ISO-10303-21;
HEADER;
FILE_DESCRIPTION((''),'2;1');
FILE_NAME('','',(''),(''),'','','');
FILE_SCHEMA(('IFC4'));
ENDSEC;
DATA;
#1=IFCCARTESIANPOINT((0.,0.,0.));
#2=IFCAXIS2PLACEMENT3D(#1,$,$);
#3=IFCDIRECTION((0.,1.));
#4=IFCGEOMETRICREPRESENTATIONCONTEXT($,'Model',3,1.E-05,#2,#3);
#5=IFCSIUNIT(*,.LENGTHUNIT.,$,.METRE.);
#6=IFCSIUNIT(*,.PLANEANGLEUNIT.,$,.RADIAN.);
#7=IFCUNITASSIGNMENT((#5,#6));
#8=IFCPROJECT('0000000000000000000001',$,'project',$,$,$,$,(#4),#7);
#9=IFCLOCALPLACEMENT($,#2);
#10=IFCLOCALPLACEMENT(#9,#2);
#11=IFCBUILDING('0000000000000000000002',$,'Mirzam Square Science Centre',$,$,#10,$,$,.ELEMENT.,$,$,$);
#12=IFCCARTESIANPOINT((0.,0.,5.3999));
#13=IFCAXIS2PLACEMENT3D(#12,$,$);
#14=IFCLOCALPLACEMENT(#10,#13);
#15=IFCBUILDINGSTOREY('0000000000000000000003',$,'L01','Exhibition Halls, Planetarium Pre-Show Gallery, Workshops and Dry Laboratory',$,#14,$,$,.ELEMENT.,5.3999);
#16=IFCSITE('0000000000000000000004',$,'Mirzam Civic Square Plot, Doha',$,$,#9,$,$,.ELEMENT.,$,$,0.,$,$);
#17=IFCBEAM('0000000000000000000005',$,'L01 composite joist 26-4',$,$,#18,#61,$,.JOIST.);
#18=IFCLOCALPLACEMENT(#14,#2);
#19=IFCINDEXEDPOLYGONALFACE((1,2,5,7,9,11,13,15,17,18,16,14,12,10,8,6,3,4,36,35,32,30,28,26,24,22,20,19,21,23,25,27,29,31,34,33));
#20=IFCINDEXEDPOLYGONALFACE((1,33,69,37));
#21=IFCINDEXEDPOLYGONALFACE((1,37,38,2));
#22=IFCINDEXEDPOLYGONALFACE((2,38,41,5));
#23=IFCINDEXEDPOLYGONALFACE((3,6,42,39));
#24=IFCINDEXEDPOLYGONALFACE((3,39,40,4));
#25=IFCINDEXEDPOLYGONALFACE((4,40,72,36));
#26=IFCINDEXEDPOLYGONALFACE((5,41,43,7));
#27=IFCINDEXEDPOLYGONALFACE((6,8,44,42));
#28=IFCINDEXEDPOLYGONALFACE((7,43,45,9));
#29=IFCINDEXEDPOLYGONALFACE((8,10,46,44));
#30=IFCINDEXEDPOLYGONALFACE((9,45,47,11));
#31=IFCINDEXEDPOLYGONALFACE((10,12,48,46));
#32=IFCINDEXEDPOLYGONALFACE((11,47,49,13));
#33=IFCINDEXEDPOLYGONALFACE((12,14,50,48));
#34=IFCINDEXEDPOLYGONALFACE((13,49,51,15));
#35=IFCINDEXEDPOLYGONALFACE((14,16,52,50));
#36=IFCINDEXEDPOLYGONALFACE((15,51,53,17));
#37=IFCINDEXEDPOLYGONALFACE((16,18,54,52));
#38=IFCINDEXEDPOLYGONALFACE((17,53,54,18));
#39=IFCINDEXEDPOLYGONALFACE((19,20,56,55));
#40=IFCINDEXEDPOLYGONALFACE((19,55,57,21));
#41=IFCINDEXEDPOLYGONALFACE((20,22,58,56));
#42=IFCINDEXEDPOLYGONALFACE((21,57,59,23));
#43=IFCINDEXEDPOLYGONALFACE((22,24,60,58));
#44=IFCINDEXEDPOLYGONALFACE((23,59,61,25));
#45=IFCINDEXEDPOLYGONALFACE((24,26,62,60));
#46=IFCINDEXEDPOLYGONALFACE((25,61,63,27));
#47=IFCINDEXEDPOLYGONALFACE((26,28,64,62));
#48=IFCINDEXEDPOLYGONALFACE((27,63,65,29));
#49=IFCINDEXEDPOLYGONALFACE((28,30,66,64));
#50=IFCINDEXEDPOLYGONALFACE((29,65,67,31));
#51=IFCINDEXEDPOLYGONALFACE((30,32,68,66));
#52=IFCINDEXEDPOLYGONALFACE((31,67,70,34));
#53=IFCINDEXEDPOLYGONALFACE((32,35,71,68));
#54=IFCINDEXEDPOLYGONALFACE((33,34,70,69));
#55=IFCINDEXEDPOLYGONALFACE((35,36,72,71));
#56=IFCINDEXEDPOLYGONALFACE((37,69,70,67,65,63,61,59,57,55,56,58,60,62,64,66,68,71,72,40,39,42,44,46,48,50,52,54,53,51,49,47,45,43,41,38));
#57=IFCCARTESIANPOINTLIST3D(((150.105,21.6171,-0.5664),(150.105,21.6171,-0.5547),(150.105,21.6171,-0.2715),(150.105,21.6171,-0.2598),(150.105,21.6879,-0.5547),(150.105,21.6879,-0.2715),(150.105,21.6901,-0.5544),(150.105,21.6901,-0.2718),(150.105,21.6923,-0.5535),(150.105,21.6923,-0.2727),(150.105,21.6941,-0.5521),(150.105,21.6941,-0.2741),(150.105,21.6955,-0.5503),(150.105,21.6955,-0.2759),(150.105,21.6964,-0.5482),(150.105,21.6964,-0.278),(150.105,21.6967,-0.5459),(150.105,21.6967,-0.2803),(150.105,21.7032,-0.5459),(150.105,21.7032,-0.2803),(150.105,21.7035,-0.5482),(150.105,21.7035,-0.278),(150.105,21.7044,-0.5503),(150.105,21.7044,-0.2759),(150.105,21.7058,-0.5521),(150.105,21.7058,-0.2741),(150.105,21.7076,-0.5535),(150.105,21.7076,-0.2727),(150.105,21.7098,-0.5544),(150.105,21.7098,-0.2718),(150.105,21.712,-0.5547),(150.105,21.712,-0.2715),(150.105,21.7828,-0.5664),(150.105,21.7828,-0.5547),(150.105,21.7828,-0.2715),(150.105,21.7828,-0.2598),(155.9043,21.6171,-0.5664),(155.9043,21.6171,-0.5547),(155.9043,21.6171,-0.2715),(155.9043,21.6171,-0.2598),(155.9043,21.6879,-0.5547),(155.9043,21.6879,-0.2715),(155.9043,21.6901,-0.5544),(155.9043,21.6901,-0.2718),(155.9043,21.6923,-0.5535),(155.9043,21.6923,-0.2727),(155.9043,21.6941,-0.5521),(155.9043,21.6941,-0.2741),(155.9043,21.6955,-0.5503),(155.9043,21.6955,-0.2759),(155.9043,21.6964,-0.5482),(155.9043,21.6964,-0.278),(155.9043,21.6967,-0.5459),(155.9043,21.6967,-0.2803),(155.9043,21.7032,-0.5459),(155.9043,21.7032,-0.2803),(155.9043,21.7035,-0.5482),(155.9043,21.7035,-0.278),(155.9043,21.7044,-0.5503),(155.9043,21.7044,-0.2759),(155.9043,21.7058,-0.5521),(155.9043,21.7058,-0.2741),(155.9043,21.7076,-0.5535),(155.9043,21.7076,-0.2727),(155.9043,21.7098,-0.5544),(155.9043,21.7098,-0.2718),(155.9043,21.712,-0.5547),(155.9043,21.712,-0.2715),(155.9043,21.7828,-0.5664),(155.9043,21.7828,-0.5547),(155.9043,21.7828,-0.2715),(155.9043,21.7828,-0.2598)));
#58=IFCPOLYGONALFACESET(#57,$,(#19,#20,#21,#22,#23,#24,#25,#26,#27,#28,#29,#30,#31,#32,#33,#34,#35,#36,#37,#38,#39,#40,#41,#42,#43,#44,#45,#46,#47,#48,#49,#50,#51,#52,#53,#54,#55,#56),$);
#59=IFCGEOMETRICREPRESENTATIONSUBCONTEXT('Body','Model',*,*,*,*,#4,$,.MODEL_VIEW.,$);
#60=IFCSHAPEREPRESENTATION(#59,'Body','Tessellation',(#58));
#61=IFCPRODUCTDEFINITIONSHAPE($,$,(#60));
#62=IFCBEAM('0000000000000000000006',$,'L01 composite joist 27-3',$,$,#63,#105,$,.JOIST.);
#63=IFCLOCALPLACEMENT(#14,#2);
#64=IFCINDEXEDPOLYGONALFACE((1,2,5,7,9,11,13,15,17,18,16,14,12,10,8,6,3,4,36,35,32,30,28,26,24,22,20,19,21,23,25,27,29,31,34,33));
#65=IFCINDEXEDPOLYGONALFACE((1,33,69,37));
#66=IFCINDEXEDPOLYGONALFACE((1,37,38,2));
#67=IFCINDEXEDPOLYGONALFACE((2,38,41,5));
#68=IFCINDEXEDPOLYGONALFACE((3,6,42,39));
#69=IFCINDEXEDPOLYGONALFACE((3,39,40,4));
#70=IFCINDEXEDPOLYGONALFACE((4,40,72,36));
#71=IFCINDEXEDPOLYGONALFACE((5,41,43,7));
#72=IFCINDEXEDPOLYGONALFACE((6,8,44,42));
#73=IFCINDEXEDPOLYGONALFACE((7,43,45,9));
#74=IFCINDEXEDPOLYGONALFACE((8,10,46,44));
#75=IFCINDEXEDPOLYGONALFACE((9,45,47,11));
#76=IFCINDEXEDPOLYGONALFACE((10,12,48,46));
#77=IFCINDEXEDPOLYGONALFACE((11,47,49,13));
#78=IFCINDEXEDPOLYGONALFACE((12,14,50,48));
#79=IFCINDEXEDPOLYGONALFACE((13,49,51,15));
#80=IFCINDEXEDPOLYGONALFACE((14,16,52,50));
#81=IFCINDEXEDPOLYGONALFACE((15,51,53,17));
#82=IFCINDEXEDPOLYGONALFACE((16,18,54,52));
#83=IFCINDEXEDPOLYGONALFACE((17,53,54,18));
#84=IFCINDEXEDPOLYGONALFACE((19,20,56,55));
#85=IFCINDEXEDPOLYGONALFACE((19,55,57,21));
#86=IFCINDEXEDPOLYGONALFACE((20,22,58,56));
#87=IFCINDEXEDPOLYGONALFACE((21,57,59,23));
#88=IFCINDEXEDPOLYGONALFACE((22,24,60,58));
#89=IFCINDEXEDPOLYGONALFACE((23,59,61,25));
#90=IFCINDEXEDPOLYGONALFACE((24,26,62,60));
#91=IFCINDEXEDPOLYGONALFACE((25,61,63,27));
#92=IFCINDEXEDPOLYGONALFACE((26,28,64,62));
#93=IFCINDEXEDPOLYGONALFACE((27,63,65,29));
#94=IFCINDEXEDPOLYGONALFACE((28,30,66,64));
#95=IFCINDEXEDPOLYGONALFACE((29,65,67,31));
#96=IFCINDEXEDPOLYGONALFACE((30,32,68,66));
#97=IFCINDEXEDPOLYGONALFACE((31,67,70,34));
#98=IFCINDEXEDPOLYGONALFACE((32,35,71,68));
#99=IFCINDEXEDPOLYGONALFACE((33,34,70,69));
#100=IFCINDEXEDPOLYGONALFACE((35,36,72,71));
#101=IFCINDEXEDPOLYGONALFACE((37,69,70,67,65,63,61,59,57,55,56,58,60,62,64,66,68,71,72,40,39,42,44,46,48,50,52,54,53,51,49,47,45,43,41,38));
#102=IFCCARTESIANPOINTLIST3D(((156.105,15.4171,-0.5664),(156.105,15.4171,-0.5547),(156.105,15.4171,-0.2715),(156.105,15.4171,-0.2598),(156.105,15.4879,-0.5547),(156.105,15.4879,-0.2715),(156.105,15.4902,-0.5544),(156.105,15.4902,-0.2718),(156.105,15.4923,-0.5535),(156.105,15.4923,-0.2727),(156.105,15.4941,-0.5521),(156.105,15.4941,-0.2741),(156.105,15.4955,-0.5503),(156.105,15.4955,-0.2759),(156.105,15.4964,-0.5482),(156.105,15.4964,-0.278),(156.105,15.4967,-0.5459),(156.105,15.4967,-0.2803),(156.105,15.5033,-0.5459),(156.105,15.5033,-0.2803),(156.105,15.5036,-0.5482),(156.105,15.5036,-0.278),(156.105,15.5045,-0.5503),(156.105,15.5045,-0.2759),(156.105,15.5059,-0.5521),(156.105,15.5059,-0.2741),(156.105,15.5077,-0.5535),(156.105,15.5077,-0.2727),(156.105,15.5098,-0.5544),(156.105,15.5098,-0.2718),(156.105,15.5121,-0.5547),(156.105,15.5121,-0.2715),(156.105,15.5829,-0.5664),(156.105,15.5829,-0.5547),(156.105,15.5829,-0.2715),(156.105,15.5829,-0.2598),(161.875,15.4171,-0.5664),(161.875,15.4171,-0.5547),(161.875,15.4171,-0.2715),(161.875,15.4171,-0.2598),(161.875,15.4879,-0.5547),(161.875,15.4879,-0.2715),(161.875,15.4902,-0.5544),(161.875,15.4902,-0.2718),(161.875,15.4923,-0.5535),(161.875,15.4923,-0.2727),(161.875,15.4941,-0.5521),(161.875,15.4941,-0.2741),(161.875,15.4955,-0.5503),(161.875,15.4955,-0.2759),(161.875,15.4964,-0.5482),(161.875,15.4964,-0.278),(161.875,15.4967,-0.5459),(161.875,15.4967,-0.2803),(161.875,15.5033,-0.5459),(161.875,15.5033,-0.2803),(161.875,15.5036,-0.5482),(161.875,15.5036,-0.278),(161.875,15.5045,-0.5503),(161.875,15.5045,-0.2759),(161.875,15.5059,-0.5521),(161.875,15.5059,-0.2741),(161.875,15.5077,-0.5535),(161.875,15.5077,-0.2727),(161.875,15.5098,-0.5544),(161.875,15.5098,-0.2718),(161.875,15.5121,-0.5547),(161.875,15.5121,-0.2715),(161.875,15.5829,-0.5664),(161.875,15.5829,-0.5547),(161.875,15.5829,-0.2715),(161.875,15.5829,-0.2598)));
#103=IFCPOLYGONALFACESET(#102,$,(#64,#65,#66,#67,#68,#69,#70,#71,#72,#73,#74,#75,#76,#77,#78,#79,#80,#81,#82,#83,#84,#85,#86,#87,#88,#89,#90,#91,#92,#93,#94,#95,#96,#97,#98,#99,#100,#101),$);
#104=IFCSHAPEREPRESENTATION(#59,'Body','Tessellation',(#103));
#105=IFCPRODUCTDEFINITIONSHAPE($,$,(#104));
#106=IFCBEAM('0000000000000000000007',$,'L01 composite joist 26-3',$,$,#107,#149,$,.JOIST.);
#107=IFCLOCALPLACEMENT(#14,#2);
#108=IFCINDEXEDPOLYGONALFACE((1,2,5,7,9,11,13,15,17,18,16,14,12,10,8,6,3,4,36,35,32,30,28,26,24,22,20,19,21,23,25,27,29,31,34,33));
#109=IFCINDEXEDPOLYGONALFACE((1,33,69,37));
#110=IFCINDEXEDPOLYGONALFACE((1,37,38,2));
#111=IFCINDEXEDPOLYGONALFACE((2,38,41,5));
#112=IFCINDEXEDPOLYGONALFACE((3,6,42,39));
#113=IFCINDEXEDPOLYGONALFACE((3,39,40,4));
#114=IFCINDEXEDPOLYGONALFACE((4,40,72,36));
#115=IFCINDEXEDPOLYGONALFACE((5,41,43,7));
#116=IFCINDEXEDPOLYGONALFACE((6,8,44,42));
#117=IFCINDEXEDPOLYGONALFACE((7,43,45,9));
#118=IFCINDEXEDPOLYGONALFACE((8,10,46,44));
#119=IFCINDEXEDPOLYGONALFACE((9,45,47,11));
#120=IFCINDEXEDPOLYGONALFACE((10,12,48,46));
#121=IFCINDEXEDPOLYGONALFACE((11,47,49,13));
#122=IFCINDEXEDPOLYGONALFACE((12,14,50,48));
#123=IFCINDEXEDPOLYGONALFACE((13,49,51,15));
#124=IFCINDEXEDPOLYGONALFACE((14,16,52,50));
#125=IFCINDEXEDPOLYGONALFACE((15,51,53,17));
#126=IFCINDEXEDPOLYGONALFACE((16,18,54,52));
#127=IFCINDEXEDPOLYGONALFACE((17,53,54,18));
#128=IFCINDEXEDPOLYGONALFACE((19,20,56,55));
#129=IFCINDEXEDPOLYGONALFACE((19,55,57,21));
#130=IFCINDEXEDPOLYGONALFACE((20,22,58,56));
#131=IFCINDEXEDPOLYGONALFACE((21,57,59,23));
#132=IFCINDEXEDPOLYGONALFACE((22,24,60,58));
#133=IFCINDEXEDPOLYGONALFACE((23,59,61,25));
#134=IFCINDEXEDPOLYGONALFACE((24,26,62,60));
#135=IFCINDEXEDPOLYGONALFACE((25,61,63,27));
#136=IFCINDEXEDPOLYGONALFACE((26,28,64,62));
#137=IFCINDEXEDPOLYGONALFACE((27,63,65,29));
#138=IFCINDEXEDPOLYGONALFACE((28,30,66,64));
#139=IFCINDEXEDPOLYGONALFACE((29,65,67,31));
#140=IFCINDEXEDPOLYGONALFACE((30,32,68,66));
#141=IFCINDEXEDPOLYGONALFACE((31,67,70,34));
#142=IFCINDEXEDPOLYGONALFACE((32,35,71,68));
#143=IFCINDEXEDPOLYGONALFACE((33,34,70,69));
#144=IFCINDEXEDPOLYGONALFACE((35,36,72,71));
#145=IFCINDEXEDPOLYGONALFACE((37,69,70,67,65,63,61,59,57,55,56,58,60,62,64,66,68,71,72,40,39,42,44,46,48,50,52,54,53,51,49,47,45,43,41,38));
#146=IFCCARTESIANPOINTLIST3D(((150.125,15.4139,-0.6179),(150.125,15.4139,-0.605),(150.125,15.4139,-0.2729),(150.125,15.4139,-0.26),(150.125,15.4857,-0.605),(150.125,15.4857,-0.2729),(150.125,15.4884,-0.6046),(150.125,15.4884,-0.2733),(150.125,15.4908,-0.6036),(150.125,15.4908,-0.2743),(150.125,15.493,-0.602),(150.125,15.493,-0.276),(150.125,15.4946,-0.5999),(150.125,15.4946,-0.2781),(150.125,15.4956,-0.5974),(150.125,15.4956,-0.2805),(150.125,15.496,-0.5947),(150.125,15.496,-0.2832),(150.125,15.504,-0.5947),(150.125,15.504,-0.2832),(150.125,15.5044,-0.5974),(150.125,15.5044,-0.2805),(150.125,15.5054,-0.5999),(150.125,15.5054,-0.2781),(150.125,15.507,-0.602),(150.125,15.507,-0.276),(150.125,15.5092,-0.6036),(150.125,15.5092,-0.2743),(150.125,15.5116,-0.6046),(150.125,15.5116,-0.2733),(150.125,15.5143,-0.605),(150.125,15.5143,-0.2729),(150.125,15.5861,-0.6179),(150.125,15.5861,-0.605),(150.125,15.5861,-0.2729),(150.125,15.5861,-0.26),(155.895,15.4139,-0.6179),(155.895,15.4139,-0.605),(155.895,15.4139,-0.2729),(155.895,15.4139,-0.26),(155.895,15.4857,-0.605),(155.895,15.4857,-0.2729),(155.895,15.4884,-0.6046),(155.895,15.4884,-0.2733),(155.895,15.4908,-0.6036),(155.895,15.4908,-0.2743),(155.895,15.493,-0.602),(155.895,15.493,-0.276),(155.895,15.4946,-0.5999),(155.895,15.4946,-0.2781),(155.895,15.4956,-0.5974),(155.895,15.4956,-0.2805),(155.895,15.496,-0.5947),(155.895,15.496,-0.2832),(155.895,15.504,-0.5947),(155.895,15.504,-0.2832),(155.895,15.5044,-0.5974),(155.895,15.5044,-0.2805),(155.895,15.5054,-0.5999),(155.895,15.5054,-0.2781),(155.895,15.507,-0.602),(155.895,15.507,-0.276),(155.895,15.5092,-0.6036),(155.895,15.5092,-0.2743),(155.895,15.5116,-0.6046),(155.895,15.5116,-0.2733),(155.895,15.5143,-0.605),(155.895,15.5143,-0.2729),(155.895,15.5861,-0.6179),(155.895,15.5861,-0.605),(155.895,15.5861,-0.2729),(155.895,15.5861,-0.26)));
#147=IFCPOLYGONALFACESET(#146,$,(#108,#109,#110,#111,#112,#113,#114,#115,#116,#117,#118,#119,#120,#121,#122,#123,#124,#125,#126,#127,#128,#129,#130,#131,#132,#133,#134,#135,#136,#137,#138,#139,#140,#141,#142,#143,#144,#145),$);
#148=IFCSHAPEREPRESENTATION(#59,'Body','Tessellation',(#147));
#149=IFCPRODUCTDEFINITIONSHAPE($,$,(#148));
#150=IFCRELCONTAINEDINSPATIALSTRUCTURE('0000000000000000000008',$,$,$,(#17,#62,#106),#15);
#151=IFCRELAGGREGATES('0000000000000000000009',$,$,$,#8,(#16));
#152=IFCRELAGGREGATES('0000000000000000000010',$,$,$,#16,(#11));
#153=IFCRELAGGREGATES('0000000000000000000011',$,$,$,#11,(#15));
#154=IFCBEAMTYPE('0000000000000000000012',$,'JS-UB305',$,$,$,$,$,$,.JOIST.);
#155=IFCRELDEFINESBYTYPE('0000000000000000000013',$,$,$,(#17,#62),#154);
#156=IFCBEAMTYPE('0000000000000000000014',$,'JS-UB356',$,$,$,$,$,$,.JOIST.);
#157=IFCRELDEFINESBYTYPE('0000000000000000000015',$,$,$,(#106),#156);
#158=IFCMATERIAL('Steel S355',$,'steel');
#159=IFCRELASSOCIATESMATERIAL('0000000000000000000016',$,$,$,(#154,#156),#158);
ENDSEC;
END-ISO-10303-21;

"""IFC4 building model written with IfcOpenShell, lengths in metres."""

from ifc_helpers import new_model, si_unit, direction, frame, origin, origin_2d, place, context, subcontext, project, spatial, i_section, extrude, material, material_profile, profile_set, type_object, element, save


model = new_model("IFC4")

# Units and contexts
model_context = context("Model", 3, precision=1e-05, world=origin(), true_north=direction((0.0, 1.0)))
body_context = subcontext(model_context, "Body", "Model", "MODEL_VIEW")
ifc_project = project(units=[si_unit("LENGTHUNIT", "METRE"), si_unit("PLANEANGLEUNIT", "RADIAN")], contexts=[model_context])

# Site, building, storey
site_placement = place(None, origin())
site = spatial("IfcSite", under=ifc_project, at=site_placement, Name="Mirzam Civic Square Plot, Doha", CompositionType="ELEMENT", RefElevation=0.0)
building_placement = place(site_placement, origin())
building = spatial("IfcBuilding", under=site, at=building_placement, Name="Mirzam Square Science Centre", CompositionType="ELEMENT")
storey_placement = place(building_placement, frame((0.0, 0.0, 5.3999)))
storey = spatial("IfcBuildingStorey", under=building, at=storey_placement, Name="L01", Description="Exhibition Halls, Planetarium Pre-Show Gallery, Workshops and Dry Laboratory", CompositionType="ELEMENT", Elevation=5.3999)

# Shared definitions
ifc_material_1 = material(Name="Steel S355", Category="steel")

# Beams
ifc_material_profile_1 = material_profile(ifc_material_1, i_section(OverallWidth=0.1658, OverallDepth=0.3066, WebThickness=0.0066, FlangeThickness=0.0117, FilletRadius=0.0088, at=origin_2d()), Name="305x165x46UB")
ifc_profile_set_1 = profile_set([ifc_material_profile_1], Name="Steel S355")
beam_type_1 = type_object("IfcBeamType", Name="JS-UB305", PredefinedType="JOIST", material=ifc_profile_set_1)
beam_1_placement = place(storey_placement, frame((150.105, 21.7, -0.4131), z_axis=(1.0, 0.0, 0.0), x_axis=(0.0, 1.0, 0.0)))
element("IfcBeam", 1, at=beam_1_placement, inside=storey, type_object=beam_type_1, Name="L01 composite joist 26-4", PredefinedType="JOIST", context=body_context, shape_type="SweptSolid", body=[
    extrude(i_section(OverallWidth=0.1658, OverallDepth=0.3066, WebThickness=0.0066, FlangeThickness=0.0117, FilletRadius=0.0088, at=origin_2d()), origin(), (0.0, 0.0, 1.0), 5.7993),
])
beam_2_placement = place(storey_placement, frame((156.105, 15.5, -0.4131), z_axis=(1.0, 0.0, 0.0), x_axis=(0.0, 1.0, 0.0)))
element("IfcBeam", 2, at=beam_2_placement, inside=storey, type_object=beam_type_1, Name="L01 composite joist 27-3", PredefinedType="JOIST", context=body_context, shape_type="SweptSolid", body=[
    extrude(i_section(OverallWidth=0.1658, OverallDepth=0.3066, WebThickness=0.0066, FlangeThickness=0.0117, FilletRadius=0.0088, at=origin_2d()), origin(), (0.0, 0.0, 1.0), 5.77),
])
ifc_material_profile_2 = material_profile(ifc_material_1, i_section(OverallWidth=0.1721, OverallDepth=0.3579, WebThickness=0.0081, FlangeThickness=0.0129, FilletRadius=0.0103, at=origin_2d()), Name="356x171x57UB")
ifc_profile_set_2 = profile_set([ifc_material_profile_2], Name="Steel S355")
beam_type_2 = type_object("IfcBeamType", Name="JS-UB356", PredefinedType="JOIST", material=ifc_profile_set_2)
beam_3_placement = place(storey_placement, frame((150.125, 15.5, -0.439), z_axis=(1.0, 0.0, 0.0), x_axis=(0.0, 1.0, 0.0)))
element("IfcBeam", 3, at=beam_3_placement, inside=storey, type_object=beam_type_2, Name="L01 composite joist 26-3", PredefinedType="JOIST", context=body_context, shape_type="SweptSolid", body=[
    extrude(i_section(OverallWidth=0.1721, OverallDepth=0.3579, WebThickness=0.0081, FlangeThickness=0.0129, FilletRadius=0.0103, at=origin_2d()), origin(), (0.0, 0.0, 1.0), 5.77),
])

save(model, "model.ifc")
